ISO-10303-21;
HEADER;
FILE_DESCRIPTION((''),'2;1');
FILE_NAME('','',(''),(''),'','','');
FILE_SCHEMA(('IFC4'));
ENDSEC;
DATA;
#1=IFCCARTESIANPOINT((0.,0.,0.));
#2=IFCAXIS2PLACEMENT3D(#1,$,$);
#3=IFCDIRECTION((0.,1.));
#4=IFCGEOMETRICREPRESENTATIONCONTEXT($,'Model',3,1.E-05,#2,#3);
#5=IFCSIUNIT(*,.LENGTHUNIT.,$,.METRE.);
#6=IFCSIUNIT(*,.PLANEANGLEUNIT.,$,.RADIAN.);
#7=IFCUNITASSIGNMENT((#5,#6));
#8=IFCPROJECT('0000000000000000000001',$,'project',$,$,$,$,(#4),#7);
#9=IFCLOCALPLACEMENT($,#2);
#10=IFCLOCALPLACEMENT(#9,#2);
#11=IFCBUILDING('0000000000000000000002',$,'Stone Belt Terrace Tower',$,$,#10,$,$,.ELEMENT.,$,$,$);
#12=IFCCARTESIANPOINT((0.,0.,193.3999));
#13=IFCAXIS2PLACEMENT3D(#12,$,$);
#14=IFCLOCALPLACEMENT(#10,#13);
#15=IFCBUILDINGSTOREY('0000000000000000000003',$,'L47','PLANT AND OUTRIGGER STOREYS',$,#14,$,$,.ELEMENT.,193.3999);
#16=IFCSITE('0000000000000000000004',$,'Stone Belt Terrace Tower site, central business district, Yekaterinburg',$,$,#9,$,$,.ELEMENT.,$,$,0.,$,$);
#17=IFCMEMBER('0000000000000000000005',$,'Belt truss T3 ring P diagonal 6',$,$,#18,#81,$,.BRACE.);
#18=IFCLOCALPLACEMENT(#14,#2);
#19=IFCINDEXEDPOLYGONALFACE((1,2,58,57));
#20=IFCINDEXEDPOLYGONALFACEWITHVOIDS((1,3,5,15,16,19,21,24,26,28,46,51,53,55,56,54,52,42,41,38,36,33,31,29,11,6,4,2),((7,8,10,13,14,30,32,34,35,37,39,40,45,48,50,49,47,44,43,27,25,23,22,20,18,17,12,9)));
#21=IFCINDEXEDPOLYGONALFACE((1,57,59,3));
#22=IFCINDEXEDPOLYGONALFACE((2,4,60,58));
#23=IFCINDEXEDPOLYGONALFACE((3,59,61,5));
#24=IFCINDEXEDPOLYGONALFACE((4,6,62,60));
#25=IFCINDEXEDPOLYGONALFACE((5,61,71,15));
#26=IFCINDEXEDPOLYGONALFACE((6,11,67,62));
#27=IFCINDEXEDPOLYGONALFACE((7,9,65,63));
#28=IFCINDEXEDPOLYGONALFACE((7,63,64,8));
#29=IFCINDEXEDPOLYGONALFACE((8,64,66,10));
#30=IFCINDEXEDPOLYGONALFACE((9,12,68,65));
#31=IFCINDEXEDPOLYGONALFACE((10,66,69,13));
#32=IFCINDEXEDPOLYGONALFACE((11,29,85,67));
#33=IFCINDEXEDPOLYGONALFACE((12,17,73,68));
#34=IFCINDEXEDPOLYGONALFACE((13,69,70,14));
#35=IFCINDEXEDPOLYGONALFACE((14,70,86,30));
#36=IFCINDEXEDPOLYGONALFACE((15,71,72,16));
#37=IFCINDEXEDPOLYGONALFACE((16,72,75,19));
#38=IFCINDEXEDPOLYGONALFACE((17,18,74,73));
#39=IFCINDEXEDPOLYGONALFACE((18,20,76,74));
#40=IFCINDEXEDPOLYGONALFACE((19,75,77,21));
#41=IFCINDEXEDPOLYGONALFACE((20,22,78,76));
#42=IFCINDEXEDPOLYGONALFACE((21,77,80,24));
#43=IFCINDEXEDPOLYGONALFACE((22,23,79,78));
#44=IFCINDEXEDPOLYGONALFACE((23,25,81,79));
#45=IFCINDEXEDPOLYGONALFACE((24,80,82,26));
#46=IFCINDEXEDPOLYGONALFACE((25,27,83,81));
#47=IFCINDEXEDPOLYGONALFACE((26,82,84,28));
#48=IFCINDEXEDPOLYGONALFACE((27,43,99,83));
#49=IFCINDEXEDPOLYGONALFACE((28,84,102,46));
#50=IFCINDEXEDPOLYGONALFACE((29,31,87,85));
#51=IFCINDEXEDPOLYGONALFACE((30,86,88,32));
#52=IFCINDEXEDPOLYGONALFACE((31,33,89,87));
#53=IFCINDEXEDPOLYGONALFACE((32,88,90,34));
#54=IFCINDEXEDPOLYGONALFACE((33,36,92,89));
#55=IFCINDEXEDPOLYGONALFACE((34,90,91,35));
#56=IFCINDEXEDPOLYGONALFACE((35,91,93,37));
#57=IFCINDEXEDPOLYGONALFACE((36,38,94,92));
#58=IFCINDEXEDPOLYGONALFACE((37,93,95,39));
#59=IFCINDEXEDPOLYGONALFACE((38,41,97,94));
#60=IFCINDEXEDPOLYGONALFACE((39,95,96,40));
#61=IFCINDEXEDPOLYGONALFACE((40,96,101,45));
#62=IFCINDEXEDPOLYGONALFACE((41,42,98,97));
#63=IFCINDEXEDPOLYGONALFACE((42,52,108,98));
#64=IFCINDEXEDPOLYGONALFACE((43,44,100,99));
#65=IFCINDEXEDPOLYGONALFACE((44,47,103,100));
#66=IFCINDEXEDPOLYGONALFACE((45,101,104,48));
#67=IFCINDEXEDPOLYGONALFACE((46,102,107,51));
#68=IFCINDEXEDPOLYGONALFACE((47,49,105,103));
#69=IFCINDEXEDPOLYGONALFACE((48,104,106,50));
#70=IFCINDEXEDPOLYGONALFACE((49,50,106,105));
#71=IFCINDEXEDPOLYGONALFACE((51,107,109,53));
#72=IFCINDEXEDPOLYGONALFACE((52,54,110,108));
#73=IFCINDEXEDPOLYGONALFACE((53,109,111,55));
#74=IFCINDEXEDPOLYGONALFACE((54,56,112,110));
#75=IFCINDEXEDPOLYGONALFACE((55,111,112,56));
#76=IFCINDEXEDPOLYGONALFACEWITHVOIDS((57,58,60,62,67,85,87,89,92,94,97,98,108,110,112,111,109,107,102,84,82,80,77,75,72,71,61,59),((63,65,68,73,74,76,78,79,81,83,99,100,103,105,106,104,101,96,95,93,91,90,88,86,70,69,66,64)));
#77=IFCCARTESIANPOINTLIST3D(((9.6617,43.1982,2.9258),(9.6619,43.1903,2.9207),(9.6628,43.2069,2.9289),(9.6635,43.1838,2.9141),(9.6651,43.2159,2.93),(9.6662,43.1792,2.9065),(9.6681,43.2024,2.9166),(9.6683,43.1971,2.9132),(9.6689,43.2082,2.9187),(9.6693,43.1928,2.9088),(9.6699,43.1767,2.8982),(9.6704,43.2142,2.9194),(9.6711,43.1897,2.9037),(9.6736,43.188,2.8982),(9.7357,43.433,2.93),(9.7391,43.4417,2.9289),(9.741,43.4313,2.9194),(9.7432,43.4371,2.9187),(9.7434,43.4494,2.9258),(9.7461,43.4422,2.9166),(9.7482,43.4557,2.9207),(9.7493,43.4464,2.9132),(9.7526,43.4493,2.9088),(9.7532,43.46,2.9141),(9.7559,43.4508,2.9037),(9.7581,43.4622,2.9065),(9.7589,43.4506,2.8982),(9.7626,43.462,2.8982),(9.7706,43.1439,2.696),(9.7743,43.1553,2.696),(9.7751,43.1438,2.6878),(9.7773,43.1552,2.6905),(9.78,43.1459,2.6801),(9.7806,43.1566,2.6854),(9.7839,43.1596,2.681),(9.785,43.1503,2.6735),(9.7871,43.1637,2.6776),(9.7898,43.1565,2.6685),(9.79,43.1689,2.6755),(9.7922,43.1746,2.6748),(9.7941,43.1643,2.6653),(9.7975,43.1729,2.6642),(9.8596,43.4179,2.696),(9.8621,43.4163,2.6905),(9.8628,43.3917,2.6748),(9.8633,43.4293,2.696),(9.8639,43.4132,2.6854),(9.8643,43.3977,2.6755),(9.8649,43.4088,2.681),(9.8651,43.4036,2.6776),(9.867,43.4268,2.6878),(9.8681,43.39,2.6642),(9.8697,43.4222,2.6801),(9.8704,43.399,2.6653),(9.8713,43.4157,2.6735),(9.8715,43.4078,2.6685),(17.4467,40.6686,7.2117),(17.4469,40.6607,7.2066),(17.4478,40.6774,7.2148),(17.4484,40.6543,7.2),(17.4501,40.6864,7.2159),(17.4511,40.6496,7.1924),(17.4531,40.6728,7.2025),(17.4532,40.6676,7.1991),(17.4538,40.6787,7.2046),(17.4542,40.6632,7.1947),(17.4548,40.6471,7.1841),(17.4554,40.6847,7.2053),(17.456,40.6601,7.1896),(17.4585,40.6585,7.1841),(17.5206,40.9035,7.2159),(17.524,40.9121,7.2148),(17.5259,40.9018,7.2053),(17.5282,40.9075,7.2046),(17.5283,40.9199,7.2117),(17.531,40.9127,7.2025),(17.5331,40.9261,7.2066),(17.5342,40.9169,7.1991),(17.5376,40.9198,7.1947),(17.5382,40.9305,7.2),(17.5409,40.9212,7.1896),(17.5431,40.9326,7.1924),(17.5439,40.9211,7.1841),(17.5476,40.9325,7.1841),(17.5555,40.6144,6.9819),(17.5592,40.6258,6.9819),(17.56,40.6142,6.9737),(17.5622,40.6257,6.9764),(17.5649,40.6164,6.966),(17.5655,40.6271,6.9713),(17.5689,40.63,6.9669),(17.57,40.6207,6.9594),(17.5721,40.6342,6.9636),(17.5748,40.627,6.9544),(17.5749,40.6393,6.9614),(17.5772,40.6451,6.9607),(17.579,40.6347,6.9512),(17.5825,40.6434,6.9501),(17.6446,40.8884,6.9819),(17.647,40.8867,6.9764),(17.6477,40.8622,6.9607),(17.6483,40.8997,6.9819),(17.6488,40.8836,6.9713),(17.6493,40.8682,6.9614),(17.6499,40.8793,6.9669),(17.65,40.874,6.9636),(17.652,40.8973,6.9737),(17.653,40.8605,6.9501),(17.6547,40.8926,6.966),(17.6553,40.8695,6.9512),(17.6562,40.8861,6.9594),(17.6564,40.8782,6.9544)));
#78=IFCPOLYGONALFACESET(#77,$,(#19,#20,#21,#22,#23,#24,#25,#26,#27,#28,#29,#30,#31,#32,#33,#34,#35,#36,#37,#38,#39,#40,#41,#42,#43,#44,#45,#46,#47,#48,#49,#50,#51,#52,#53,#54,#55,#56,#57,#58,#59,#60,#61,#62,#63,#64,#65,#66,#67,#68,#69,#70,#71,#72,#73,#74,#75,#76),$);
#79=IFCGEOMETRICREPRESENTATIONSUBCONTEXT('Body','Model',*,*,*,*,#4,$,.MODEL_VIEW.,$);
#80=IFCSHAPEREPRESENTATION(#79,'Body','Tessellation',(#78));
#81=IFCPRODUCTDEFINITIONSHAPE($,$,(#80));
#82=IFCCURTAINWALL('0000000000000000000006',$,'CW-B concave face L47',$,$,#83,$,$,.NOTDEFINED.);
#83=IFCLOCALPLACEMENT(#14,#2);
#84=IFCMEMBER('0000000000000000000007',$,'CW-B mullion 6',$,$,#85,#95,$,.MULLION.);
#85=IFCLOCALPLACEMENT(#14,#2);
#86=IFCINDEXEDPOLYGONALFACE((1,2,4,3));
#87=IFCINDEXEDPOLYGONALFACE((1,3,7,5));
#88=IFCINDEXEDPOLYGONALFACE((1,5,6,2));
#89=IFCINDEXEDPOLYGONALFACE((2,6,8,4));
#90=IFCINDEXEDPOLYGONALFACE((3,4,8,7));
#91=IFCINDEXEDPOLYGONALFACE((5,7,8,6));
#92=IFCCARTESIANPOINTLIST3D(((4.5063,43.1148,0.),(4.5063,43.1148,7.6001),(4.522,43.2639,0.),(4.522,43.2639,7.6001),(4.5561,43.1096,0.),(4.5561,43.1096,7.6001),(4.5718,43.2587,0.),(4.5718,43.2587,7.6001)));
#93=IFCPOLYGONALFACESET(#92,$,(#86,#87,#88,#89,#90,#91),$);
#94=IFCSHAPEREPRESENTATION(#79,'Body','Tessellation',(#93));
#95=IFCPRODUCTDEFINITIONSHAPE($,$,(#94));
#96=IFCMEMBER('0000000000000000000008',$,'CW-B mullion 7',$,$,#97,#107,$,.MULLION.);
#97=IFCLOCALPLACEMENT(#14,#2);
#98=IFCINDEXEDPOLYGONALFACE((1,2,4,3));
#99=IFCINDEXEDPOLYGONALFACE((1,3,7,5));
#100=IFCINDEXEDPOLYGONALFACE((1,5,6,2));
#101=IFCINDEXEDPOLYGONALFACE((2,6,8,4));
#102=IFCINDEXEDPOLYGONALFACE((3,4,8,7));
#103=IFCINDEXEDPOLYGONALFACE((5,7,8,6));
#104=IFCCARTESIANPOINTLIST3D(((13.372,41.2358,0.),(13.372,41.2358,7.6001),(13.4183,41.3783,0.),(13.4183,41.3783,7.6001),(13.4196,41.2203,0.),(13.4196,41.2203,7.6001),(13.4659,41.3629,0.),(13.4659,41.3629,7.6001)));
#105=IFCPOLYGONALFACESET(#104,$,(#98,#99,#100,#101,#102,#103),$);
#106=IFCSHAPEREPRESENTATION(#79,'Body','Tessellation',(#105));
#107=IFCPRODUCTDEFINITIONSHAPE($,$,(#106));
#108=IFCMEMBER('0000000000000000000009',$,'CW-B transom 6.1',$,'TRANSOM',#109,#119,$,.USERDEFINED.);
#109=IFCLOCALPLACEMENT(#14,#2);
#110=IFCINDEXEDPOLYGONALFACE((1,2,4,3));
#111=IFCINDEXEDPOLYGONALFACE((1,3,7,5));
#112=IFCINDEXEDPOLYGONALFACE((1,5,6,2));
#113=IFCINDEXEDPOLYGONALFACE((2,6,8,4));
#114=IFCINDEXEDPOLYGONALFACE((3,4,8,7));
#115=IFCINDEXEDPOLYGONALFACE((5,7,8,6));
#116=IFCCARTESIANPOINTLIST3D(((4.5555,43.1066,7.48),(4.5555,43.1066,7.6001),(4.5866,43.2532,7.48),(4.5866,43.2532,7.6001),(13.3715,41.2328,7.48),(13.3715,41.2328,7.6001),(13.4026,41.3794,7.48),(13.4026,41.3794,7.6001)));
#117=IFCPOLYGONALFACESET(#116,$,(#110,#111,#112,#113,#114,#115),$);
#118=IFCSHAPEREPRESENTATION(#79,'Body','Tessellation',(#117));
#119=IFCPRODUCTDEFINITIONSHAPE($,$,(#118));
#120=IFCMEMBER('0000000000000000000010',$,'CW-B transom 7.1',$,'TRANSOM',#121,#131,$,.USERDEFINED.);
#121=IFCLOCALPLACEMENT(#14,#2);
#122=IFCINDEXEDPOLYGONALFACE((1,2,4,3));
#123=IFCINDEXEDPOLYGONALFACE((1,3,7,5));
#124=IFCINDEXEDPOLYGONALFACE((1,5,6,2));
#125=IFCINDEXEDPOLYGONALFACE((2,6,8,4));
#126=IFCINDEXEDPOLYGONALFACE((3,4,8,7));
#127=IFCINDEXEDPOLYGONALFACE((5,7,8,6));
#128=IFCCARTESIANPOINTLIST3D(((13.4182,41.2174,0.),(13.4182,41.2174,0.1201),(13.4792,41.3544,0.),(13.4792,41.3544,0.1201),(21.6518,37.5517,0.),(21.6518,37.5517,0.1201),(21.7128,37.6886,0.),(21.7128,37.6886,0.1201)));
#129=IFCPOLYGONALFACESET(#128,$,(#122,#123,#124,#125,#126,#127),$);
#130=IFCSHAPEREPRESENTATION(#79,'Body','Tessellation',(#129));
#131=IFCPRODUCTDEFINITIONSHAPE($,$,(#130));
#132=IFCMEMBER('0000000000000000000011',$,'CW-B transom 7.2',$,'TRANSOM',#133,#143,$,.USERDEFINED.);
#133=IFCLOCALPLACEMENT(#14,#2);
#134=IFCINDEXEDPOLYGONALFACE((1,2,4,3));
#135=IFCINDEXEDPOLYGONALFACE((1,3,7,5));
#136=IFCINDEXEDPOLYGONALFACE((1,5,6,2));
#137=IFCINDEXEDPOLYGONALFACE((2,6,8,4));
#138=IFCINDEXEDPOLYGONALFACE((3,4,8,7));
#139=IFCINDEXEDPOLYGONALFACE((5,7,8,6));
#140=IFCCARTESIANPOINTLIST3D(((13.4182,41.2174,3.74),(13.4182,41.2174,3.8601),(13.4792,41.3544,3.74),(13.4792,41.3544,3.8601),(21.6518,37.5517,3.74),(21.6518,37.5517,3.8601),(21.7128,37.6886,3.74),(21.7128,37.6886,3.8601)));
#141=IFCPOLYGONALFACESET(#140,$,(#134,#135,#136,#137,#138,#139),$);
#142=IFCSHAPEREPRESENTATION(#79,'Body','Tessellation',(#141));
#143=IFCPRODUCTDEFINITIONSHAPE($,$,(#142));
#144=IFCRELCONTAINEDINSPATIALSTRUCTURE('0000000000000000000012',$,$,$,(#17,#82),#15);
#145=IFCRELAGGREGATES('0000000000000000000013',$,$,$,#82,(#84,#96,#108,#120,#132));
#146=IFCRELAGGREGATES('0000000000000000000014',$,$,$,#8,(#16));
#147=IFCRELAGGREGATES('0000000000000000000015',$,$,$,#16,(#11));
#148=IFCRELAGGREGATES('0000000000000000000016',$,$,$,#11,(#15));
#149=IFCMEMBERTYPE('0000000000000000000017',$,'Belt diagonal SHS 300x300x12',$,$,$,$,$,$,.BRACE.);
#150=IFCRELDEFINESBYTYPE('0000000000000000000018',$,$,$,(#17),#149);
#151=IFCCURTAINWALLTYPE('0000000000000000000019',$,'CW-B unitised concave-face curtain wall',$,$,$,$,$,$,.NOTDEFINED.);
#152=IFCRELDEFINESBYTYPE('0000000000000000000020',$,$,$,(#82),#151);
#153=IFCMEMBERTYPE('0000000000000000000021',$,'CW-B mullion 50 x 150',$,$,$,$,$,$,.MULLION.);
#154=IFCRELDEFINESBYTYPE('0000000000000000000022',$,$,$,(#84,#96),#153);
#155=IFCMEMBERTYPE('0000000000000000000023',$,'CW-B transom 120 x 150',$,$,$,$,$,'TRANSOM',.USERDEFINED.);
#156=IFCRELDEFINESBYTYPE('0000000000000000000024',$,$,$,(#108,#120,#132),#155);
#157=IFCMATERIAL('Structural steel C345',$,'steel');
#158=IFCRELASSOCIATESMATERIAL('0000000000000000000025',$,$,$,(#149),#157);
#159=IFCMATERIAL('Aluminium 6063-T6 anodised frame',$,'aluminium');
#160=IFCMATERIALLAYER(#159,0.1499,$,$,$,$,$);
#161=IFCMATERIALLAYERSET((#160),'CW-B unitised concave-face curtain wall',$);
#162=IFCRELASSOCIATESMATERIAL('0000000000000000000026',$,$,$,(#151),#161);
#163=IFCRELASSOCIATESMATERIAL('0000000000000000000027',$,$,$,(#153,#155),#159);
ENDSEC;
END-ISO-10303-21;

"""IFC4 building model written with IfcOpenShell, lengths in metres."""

from ifc_helpers import new_model, si_unit, direction, frame, origin, origin_2d, place, context, subcontext, project, spatial, rectangle, hollow_rectangle, extrude, material, layer, layer_set, material_profile, profile_set, type_object, element, aggregate, save


model = new_model("IFC4")

# Units and contexts
model_context = context("Model", 3, precision=1e-05, world=origin(), true_north=direction((0.0, 1.0)))
body_context = subcontext(model_context, "Body", "Model", "MODEL_VIEW")
ifc_project = project(units=[si_unit("LENGTHUNIT", "METRE"), si_unit("PLANEANGLEUNIT", "RADIAN")], contexts=[model_context])

# Site, building, storey
site_placement = place(None, origin())
site = spatial("IfcSite", under=ifc_project, at=site_placement, Name="Stone Belt Terrace Tower site, central business district, Yekaterinburg", CompositionType="ELEMENT", RefElevation=0.0)
building_placement = place(site_placement, origin())
building = spatial("IfcBuilding", under=site, at=building_placement, Name="Stone Belt Terrace Tower", CompositionType="ELEMENT")
storey_placement = place(building_placement, frame((0.0, 0.0, 193.3999)))
storey = spatial("IfcBuildingStorey", under=building, at=storey_placement, Name="L47", Description="PLANT AND OUTRIGGER STOREYS", CompositionType="ELEMENT", Elevation=193.3999)

# Member
ifc_material_1 = material(Name="Structural steel C345", Category="steel")
ifc_material_profile_1 = material_profile(ifc_material_1, hollow_rectangle(XDim=0.3, YDim=0.3, WallThickness=0.012, InnerFilletRadius=0.0239, OuterFilletRadius=0.0359, at=origin_2d()), Name="SHS 300x300x12")
ifc_profile_set_1 = profile_set([ifc_material_profile_1], Name="Structural steel C345")
member_type_1 = type_object("IfcMemberType", Name="Belt diagonal SHS 300x300x12", PredefinedType="BRACE", material=ifc_profile_set_1)
for number, where, z_axis, x_axis, name in (
    (1, (9.7666, 43.303, 2.7971), (0.842549, -0.273768, 0.463855), (0.309025, 0.951054, 0.0), "Belt truss T3 ring P diagonal 6"),
):
    element("IfcMember", number, at=place(storey_placement, frame(where, z_axis=z_axis, x_axis=x_axis)), inside=storey, type_object=member_type_1, Name=name, PredefinedType="BRACE", context=body_context, shape_type="SweptSolid", body=[
        extrude(hollow_rectangle(XDim=0.3, YDim=0.3, WallThickness=0.012, InnerFilletRadius=0.0239, OuterFilletRadius=0.0359, at=origin_2d()), origin(), (0.0, 0.0, 1.0), 9.2397),
    ])

# Curtain wall, members
ifc_material_2 = material(Name="Aluminium 6063-T6 anodised frame", Category="aluminium")
ifc_layer_1 = layer(ifc_material_2, 0.1499)
ifc_layer_set_1 = layer_set([ifc_layer_1], Name="CW-B unitised concave-face curtain wall")
curtain_wall_type = type_object("IfcCurtainWallType", Name="CW-B unitised concave-face curtain wall", PredefinedType="NOTDEFINED", material=ifc_layer_set_1)
curtain_wall_placement = place(storey_placement, origin())
curtain_wall = element("IfcCurtainWall", 2, at=curtain_wall_placement, inside=storey, type_object=curtain_wall_type, Name="CW-B concave face L47", PredefinedType="NOTDEFINED")
ifc_material_profile_2 = material_profile(ifc_material_2, rectangle(XDim=0.1499, YDim=0.05, at=origin_2d()), Name="Aluminium 6063-T6 50x150")
ifc_profile_set_2 = profile_set([ifc_material_profile_2], Name="Aluminium 6063-T6 anodised frame")
member_type_2 = type_object("IfcMemberType", Name="CW-B mullion 50 x 150", PredefinedType="MULLION", material=ifc_profile_set_2)
member_1_placement = place(storey_placement, frame((4.5391, 43.1868, 0.0), z_axis=(0.0, 0.0, 1.0), x_axis=(0.104528, 0.994522, 0.0)))
member_1 = element("IfcMember", 3, at=member_1_placement, type_object=member_type_2, Name="CW-B mullion 6", PredefinedType="MULLION", context=body_context, shape_type="SweptSolid", body=[
    extrude(rectangle(XDim=0.1499, YDim=0.05, at=origin_2d()), origin(), (0.0, 0.0, 1.0), 7.6001),
])
member_2_placement = place(storey_placement, frame((13.4189, 41.2993, 0.0), z_axis=(0.0, 0.0, 1.0), x_axis=(0.309017, 0.951057, 0.0)))
member_2 = element("IfcMember", 4, at=member_2_placement, type_object=member_type_2, Name="CW-B mullion 7", PredefinedType="MULLION", context=body_context, shape_type="SweptSolid", body=[
    extrude(rectangle(XDim=0.1499, YDim=0.05, at=origin_2d()), origin(), (0.0, 0.0, 1.0), 7.6001),
])
ifc_material_profile_3 = material_profile(ifc_material_2, rectangle(XDim=0.1499, YDim=0.1201, at=origin_2d()), Name="Aluminium 6063-T6 150x120")
ifc_profile_set_3 = profile_set([ifc_material_profile_3], Name="Aluminium 6063-T6 anodised frame")
member_type_3 = type_object("IfcMemberType", Name="CW-B transom 120 x 150", ElementType="TRANSOM", PredefinedType="USERDEFINED", material=ifc_profile_set_3)
member_3_placement = place(storey_placement, frame((4.571, 43.1799, 7.54), z_axis=(0.97815, -0.207901, 0.0), x_axis=(0.207901, 0.97815, 0.0)))
member_3 = element("IfcMember", 5, at=member_3_placement, type_object=member_type_3, Name="CW-B transom 6.1", ObjectType="TRANSOM", PredefinedType="USERDEFINED", context=body_context, shape_type="SweptSolid", body=[
    extrude(rectangle(XDim=0.1499, YDim=0.1201, at=origin_2d()), origin(), (0.0, 0.0, 1.0), 9.0129),
])
member_4_placement = place(storey_placement, frame((13.4487, 41.2859, 0.0601), z_axis=(0.913549, -0.406729, 0.0), x_axis=(0.406729, 0.913549, 0.0)))
member_4 = element("IfcMember", 6, at=member_4_placement, type_object=member_type_3, Name="CW-B transom 7.1", ObjectType="TRANSOM", PredefinedType="USERDEFINED", context=body_context, shape_type="SweptSolid", body=[
    extrude(rectangle(XDim=0.1499, YDim=0.1201, at=origin_2d()), origin(), (0.0, 0.0, 1.0), 9.0127),
])
member_5_placement = place(storey_placement, frame((13.4487, 41.2859, 3.8), z_axis=(0.913549, -0.406729, 0.0), x_axis=(0.406729, 0.913549, 0.0)))
member_5 = element("IfcMember", 7, at=member_5_placement, type_object=member_type_3, Name="CW-B transom 7.2", ObjectType="TRANSOM", PredefinedType="USERDEFINED", context=body_context, shape_type="SweptSolid", body=[
    extrude(rectangle(XDim=0.1499, YDim=0.1201, at=origin_2d()), origin(), (0.0, 0.0, 1.0), 9.0127),
])

aggregate(curtain_wall, [member_1, member_2, member_3, member_4, member_5])

save(model, "model.ifc")
